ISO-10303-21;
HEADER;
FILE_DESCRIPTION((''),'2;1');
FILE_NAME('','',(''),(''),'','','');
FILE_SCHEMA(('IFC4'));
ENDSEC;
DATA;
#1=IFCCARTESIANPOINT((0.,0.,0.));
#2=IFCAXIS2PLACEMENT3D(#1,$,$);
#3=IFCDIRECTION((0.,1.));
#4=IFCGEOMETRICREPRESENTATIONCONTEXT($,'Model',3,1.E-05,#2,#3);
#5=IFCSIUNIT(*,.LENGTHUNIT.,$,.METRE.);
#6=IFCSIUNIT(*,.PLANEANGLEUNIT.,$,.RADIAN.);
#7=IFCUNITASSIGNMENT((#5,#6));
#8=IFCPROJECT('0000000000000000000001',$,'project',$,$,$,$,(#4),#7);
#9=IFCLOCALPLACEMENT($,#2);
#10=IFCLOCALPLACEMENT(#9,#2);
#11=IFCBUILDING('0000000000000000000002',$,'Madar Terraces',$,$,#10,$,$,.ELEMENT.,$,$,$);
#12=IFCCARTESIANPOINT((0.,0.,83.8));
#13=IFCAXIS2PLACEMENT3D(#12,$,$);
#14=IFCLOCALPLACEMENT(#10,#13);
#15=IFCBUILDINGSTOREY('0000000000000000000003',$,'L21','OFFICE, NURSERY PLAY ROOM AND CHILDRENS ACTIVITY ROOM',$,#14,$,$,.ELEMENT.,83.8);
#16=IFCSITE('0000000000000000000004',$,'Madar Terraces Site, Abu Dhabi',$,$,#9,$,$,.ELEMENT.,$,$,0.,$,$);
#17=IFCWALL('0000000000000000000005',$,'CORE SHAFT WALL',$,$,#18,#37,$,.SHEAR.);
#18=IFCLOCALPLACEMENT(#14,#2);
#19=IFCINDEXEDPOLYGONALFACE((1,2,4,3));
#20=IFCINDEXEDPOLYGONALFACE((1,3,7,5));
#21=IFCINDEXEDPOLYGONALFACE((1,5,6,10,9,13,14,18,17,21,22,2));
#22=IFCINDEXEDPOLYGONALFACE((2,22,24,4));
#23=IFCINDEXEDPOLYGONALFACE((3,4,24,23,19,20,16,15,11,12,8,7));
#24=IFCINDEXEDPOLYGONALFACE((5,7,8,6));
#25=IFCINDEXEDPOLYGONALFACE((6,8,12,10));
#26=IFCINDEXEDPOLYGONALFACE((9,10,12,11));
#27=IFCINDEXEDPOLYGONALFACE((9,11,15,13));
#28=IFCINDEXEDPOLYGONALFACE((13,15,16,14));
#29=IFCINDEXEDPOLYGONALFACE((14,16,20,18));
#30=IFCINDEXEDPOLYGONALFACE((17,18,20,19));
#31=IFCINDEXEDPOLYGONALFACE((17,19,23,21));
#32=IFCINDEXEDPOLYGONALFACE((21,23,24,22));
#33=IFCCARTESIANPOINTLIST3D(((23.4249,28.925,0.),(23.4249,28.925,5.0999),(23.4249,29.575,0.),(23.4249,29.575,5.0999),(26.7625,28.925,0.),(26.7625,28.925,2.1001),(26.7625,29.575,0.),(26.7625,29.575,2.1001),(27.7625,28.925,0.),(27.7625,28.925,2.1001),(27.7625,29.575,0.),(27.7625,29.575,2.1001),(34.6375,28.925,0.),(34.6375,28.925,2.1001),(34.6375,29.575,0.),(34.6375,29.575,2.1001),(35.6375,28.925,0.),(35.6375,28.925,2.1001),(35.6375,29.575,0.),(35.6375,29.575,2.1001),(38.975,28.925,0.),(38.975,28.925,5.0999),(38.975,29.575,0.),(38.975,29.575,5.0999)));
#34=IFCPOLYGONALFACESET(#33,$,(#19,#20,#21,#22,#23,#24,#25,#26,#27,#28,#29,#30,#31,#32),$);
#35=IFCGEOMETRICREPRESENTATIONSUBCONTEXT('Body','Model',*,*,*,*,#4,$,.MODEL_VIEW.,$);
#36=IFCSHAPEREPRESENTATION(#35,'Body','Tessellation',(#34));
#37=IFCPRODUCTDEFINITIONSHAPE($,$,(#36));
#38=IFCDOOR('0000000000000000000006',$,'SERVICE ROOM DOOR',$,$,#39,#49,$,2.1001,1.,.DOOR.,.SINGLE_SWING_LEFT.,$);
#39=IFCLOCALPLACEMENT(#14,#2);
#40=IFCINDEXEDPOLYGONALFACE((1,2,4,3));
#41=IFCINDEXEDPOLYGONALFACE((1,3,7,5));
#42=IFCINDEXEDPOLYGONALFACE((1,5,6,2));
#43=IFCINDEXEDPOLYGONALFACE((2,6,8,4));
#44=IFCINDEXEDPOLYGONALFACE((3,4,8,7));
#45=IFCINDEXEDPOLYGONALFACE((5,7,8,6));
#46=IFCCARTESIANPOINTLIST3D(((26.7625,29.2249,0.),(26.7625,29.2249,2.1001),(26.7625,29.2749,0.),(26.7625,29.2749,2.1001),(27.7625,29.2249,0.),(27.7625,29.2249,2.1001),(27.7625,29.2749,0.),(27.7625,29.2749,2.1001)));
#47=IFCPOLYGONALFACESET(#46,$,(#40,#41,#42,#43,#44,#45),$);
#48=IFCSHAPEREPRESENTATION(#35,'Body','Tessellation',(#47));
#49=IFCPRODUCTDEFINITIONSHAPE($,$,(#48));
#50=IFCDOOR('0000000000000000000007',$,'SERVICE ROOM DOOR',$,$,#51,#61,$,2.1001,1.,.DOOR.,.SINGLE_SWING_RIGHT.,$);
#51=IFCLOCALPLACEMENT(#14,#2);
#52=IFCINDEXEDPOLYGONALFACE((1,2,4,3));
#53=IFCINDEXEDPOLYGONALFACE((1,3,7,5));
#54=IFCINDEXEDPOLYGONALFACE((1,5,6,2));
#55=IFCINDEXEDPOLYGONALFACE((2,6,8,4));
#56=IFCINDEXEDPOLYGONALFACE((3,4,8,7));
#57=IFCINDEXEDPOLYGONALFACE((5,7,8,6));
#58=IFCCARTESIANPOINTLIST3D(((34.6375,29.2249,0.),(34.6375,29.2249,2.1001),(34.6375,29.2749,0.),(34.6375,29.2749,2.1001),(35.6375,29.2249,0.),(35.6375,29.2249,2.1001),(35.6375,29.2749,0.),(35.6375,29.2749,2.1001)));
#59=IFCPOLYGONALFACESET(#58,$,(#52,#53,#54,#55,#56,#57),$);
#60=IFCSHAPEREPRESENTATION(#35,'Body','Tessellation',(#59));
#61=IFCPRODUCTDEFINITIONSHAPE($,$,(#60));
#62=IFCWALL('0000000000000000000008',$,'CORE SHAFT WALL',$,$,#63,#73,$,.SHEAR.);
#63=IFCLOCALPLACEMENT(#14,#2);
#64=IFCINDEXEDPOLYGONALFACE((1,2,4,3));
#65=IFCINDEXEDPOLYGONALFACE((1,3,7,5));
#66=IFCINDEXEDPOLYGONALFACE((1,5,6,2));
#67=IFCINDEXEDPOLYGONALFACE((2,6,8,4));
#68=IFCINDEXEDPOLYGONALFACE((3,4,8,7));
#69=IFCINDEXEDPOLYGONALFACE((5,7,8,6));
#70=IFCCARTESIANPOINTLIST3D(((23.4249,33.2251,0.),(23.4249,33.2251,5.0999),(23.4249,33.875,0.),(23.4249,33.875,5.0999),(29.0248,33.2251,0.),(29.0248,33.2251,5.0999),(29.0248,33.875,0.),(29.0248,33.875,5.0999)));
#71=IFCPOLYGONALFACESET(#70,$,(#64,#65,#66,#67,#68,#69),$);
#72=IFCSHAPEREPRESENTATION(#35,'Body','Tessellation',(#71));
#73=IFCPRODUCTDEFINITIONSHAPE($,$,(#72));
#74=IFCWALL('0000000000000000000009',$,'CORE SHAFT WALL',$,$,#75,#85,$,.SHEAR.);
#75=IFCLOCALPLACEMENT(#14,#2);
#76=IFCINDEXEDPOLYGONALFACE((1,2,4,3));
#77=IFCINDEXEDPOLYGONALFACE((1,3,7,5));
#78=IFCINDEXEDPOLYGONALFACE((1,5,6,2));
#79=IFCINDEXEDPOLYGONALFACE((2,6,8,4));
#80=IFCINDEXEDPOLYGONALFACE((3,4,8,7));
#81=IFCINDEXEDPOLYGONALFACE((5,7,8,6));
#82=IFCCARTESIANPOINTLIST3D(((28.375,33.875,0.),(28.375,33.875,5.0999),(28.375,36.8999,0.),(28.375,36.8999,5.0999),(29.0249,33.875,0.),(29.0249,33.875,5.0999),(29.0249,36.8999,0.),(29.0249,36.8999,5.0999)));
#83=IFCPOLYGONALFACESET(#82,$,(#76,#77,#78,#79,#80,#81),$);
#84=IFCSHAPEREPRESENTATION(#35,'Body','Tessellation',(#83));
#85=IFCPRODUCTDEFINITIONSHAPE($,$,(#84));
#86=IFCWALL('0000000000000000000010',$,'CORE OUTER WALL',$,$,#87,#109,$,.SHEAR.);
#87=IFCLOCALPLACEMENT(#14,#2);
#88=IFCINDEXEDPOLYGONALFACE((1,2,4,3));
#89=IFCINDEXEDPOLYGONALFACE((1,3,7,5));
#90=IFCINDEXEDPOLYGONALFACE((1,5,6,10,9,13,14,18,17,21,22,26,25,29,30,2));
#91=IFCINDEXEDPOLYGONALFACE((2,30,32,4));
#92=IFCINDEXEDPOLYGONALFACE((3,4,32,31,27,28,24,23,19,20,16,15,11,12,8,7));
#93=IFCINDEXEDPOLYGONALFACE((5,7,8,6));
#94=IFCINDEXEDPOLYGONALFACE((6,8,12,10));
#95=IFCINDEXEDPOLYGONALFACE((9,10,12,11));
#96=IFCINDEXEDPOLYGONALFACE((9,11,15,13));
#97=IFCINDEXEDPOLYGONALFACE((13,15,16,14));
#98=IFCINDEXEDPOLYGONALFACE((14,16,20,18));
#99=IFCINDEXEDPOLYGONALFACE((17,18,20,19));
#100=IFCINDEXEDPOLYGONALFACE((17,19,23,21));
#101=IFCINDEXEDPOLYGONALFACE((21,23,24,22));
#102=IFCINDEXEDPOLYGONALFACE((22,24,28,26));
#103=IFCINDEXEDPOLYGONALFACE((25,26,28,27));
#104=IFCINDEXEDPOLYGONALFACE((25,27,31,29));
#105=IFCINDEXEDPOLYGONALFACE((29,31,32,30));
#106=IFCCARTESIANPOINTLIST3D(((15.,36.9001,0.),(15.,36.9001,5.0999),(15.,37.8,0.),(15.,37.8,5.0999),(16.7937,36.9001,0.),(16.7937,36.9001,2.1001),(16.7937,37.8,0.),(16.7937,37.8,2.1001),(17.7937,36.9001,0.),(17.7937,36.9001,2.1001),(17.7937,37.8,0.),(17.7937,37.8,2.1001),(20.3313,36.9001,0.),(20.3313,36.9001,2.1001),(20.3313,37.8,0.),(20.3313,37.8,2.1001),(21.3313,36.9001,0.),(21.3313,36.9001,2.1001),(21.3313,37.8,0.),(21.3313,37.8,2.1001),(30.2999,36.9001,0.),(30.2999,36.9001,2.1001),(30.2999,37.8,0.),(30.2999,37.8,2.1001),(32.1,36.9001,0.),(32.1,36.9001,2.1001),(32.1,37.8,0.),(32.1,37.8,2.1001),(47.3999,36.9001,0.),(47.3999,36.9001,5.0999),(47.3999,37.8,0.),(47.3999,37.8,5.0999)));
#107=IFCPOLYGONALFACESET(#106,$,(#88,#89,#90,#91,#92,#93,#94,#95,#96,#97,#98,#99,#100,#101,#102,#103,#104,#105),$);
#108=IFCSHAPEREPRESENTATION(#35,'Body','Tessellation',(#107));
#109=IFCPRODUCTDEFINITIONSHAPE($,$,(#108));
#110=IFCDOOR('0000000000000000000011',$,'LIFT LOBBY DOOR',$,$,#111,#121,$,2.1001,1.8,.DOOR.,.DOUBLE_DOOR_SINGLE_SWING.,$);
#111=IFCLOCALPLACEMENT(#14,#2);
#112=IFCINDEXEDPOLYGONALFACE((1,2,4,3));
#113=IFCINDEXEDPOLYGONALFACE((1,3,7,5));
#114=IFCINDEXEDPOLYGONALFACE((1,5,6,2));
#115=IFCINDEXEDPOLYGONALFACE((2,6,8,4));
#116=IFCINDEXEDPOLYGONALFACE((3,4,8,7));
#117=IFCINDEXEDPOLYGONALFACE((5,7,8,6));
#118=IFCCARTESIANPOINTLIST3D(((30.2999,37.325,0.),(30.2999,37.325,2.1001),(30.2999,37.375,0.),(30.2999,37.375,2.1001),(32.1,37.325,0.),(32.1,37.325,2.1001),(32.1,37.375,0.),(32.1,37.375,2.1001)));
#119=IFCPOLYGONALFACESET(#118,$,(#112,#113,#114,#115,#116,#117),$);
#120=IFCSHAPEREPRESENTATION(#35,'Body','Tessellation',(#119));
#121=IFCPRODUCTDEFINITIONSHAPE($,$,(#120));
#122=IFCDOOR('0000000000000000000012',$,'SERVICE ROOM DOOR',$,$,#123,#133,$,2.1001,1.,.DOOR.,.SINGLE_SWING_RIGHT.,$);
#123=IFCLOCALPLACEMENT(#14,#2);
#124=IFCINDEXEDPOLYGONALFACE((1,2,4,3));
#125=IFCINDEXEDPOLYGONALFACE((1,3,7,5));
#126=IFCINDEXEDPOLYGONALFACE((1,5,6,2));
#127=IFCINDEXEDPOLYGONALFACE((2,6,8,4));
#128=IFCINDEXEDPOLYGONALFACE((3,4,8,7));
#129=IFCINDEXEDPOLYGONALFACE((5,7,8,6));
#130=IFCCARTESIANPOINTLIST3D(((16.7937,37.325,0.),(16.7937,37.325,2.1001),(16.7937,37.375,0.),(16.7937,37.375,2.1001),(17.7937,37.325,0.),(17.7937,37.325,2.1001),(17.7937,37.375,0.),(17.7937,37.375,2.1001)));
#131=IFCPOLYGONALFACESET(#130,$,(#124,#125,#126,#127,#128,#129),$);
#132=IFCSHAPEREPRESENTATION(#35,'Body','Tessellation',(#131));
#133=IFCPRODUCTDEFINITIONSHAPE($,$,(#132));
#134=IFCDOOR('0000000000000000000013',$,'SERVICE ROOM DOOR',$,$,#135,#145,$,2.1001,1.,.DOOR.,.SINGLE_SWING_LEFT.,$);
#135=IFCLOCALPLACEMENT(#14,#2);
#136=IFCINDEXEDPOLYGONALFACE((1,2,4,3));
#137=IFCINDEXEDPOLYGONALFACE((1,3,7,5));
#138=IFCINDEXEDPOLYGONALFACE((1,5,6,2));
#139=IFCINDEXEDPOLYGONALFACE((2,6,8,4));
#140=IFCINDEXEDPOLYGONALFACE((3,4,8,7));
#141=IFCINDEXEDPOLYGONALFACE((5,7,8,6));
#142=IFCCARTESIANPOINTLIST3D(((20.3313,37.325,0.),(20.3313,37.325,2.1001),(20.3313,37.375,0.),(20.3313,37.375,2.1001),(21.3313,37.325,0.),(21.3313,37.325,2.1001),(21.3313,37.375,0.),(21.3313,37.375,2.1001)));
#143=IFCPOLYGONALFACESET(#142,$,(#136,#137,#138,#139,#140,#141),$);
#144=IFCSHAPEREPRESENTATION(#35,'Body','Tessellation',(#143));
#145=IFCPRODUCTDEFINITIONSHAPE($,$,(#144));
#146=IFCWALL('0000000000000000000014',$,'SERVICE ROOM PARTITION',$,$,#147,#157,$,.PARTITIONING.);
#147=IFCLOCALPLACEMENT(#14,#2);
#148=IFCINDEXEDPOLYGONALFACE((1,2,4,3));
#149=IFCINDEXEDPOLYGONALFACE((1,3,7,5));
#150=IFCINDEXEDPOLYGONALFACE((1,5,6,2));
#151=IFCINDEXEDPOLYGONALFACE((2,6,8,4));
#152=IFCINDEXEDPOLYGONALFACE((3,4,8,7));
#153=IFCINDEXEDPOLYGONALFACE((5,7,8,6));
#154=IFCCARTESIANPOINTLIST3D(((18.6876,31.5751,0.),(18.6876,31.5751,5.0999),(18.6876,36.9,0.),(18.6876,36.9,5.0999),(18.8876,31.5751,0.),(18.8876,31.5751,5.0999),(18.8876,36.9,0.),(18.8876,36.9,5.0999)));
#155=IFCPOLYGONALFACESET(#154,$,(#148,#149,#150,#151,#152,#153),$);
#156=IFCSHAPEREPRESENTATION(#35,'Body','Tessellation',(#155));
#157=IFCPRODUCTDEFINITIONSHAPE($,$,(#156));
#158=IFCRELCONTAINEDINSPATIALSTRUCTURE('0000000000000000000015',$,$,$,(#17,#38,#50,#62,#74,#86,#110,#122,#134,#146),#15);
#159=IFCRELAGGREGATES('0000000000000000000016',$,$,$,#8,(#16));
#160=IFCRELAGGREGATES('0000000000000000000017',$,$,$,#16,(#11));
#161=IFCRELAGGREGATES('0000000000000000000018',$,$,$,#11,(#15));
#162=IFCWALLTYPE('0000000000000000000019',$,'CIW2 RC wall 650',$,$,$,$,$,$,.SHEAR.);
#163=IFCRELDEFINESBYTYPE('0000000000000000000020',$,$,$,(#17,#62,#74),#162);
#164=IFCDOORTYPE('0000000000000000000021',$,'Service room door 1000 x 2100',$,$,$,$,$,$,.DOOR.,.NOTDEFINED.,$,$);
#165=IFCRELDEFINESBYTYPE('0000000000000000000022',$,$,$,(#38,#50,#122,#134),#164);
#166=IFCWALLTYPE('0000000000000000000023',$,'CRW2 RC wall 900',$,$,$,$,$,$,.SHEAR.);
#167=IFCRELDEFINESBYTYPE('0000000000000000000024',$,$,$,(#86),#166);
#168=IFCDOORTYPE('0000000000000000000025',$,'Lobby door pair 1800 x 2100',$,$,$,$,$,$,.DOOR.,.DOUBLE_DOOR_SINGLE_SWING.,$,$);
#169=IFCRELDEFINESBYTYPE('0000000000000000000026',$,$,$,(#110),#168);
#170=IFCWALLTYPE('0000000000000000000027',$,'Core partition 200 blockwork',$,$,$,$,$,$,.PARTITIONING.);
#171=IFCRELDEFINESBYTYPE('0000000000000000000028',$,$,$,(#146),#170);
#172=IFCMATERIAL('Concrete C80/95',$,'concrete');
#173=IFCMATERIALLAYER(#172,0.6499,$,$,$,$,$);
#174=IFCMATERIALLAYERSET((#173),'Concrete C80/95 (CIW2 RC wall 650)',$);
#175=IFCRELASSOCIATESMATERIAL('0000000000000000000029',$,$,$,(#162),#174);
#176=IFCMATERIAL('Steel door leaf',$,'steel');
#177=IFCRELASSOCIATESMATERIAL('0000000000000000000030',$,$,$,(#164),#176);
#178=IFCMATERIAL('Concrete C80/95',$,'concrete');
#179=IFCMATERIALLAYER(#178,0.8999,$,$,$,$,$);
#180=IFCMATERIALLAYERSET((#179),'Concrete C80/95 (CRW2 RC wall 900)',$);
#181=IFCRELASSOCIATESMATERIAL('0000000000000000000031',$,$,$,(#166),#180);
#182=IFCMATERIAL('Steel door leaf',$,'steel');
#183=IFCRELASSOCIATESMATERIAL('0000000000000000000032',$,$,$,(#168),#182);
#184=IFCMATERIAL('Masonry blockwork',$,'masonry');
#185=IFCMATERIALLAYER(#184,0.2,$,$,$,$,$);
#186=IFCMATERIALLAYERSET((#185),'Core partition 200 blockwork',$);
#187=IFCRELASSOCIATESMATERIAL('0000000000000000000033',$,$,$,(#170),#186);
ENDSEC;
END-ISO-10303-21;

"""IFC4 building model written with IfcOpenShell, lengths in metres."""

from ifc_helpers import new_model, si_unit, direction, frame, frame_2d, origin, place, context, subcontext, project, spatial, rectangle, extrude, material, layer, layer_set, type_object, element, fill, save


model = new_model("IFC4")

# Units and contexts
model_context = context("Model", 3, precision=1e-05, world=origin(), true_north=direction((0.0, 1.0)))
body_context = subcontext(model_context, "Body", "Model", "MODEL_VIEW")
ifc_project = project(units=[si_unit("LENGTHUNIT", "METRE"), si_unit("PLANEANGLEUNIT", "RADIAN")], contexts=[model_context])

# Site, building, storey
site_placement = place(None, origin())
site = spatial("IfcSite", under=ifc_project, at=site_placement, Name="Madar Terraces Site, Abu Dhabi", CompositionType="ELEMENT", RefElevation=0.0)
building_placement = place(site_placement, origin())
building = spatial("IfcBuilding", under=site, at=building_placement, Name="Madar Terraces", CompositionType="ELEMENT")
storey_placement = place(building_placement, frame((0.0, 0.0, 83.8)))
storey = spatial("IfcBuildingStorey", under=building, at=storey_placement, Name="L21", Description="OFFICE, NURSERY PLAY ROOM AND CHILDRENS ACTIVITY ROOM", CompositionType="ELEMENT", Elevation=83.8)

# Shared definitions
ifc_material_1 = material(Name="Concrete C80/95", Category="concrete")
ifc_layer_1 = layer(ifc_material_1, 0.6499)
ifc_layer_set_1 = layer_set([ifc_layer_1], Name="Concrete C80/95 (CIW2 RC wall 650)")
wall_type_1 = type_object("IfcWallType", Name="CIW2 RC wall 650", PredefinedType="SHEAR", material=ifc_layer_set_1)

# Shared definitions
ifc_material_2 = material(Name="Steel door leaf", Category="steel")
door_type_1 = type_object("IfcDoorType", Name="Service room door 1000 x 2100", OperationType="NOTDEFINED", PredefinedType="DOOR", material=ifc_material_2)

# Wall, openings, doors
wall_1_placement = place(storey_placement, frame((23.425, 29.25, 0.0), z_axis=(0.0, 0.0, 1.0), x_axis=(1.0, 0.0, 0.0)))
wall_1 = element("IfcWall", 1, at=wall_1_placement, inside=storey, type_object=wall_type_1, Name="CORE SHAFT WALL", PredefinedType="SHEAR", context=body_context, shape_type="SweptSolid", body=[
    extrude(rectangle(XDim=15.55, YDim=0.6499, at=frame_2d((7.7749, 0.0))), origin(), (0.0, 0.0, 1.0), 5.0999),
])
opening_1_placement = place(wall_1_placement, frame((3.3374, 0.0, 0.0)))
opening_1 = element("IfcOpeningElement", 2, at=opening_1_placement, cuts=wall_1, PredefinedType="OPENING", context=body_context, shape_type="SweptSolid", body=[
    extrude(rectangle(XDim=1.0, YDim=2.1001, at=frame_2d((0.5, 1.05))), frame((0.0, 0.335, 0.0), z_axis=(0.0, -1.0, 0.0), x_axis=(1.0, 0.0, 0.0)), (0.0, 0.0, 1.0), 0.6699),
])
opening_2_placement = place(wall_1_placement, frame((11.2124, 0.0, 0.0)))
opening_2 = element("IfcOpeningElement", 3, at=opening_2_placement, cuts=wall_1, PredefinedType="OPENING", context=body_context, shape_type="SweptSolid", body=[
    extrude(rectangle(XDim=1.0, YDim=2.1001, at=frame_2d((0.5, 1.05))), frame((0.0, 0.335, 0.0), z_axis=(0.0, -1.0, 0.0), x_axis=(1.0, 0.0, 0.0)), (0.0, 0.0, 1.0), 0.6699),
])
door_1_placement = place(opening_1_placement, origin())
door_1 = element("IfcDoor", 4, at=door_1_placement, inside=storey, type_object=door_type_1, Name="SERVICE ROOM DOOR", OperationType="SINGLE_SWING_LEFT", OverallHeight=2.1001, OverallWidth=1.0, PredefinedType="DOOR", context=body_context, shape_type="SweptSolid", body=[
    extrude(rectangle(XDim=1.0, YDim=2.1001, at=frame_2d((0.5, 1.05))), frame((0.0, 0.0249, 0.0), z_axis=(0.0, -1.0, 0.0), x_axis=(1.0, 0.0, 0.0)), (0.0, 0.0, 1.0), 0.05),
])
fill(opening_1, door_1)
door_2_placement = place(opening_2_placement, origin())
door_2 = element("IfcDoor", 5, at=door_2_placement, inside=storey, type_object=door_type_1, Name="SERVICE ROOM DOOR", OperationType="SINGLE_SWING_RIGHT", OverallHeight=2.1001, OverallWidth=1.0, PredefinedType="DOOR", context=body_context, shape_type="SweptSolid", body=[
    extrude(rectangle(XDim=1.0, YDim=2.1001, at=frame_2d((0.5, 1.05))), frame((0.0, 0.0249, 0.0), z_axis=(0.0, -1.0, 0.0), x_axis=(1.0, 0.0, 0.0)), (0.0, 0.0, 1.0), 0.05),
])
fill(opening_2, door_2)

# Walls
wall_2_placement = place(storey_placement, frame((23.425, 33.55, 0.0), z_axis=(0.0, 0.0, 1.0), x_axis=(1.0, 0.0, 0.0)))
element("IfcWall", 6, at=wall_2_placement, inside=storey, type_object=wall_type_1, Name="CORE SHAFT WALL", PredefinedType="SHEAR", context=body_context, shape_type="SweptSolid", body=[
    extrude(rectangle(XDim=5.5999, YDim=0.6499, at=frame_2d((2.7998, 0.0))), origin(), (0.0, 0.0, 1.0), 5.0999),
])
wall_3_placement = place(storey_placement, frame((28.7, 33.875, 0.0), z_axis=(0.0, 0.0, 1.0), x_axis=(0.0, 1.0, 0.0)))
element("IfcWall", 7, at=wall_3_placement, inside=storey, type_object=wall_type_1, Name="CORE SHAFT WALL", PredefinedType="SHEAR", context=body_context, shape_type="SweptSolid", body=[
    extrude(rectangle(XDim=3.0249, YDim=0.6499, at=frame_2d((1.5125, 0.0))), origin(), (0.0, 0.0, 1.0), 5.0999),
])

# Wall, openings, doors
ifc_material_3 = material(Name="Concrete C80/95", Category="concrete")
ifc_layer_2 = layer(ifc_material_3, 0.8999)
ifc_layer_set_2 = layer_set([ifc_layer_2], Name="Concrete C80/95 (CRW2 RC wall 900)")
wall_type_2 = type_object("IfcWallType", Name="CRW2 RC wall 900", PredefinedType="SHEAR", material=ifc_layer_set_2)
wall_4_placement = place(storey_placement, frame((15.0, 37.3501, 0.0), z_axis=(0.0, 0.0, 1.0), x_axis=(1.0, 0.0, 0.0)))
wall_4 = element("IfcWall", 8, at=wall_4_placement, inside=storey, type_object=wall_type_2, Name="CORE OUTER WALL", PredefinedType="SHEAR", context=body_context, shape_type="SweptSolid", body=[
    extrude(rectangle(XDim=32.3999, YDim=0.8999, at=frame_2d((16.2, 0.0))), origin(), (0.0, 0.0, 1.0), 5.0999),
])
opening_3_placement = place(wall_4_placement, frame((15.3, 0.0, 0.0)))
opening_3 = element("IfcOpeningElement", 9, at=opening_3_placement, cuts=wall_4, PredefinedType="OPENING", context=body_context, shape_type="SweptSolid", body=[
    extrude(rectangle(XDim=1.8, YDim=2.1001, at=frame_2d((0.8999, 1.05))), frame((0.0, 0.46, 0.0), z_axis=(0.0, -1.0, 0.0), x_axis=(1.0, 0.0, 0.0)), (0.0, 0.0, 1.0), 0.9199),
])
opening_4_placement = place(wall_4_placement, frame((1.7937, 0.0, 0.0)))
opening_4 = element("IfcOpeningElement", 10, at=opening_4_placement, cuts=wall_4, PredefinedType="OPENING", context=body_context, shape_type="SweptSolid", body=[
    extrude(rectangle(XDim=1.0, YDim=2.1001, at=frame_2d((0.5, 1.05))), frame((0.0, 0.46, 0.0), z_axis=(0.0, -1.0, 0.0), x_axis=(1.0, 0.0, 0.0)), (0.0, 0.0, 1.0), 0.9199),
])
opening_5_placement = place(wall_4_placement, frame((5.3313, 0.0, 0.0)))
opening_5 = element("IfcOpeningElement", 11, at=opening_5_placement, cuts=wall_4, PredefinedType="OPENING", context=body_context, shape_type="SweptSolid", body=[
    extrude(rectangle(XDim=1.0, YDim=2.1001, at=frame_2d((0.5, 1.05))), frame((0.0, 0.46, 0.0), z_axis=(0.0, -1.0, 0.0), x_axis=(1.0, 0.0, 0.0)), (0.0, 0.0, 1.0), 0.9199),
])
ifc_material_4 = material(Name="Steel door leaf", Category="steel")
door_type_2 = type_object("IfcDoorType", Name="Lobby door pair 1800 x 2100", OperationType="DOUBLE_DOOR_SINGLE_SWING", PredefinedType="DOOR", material=ifc_material_4)
door_3_placement = place(opening_3_placement, origin())
door_3 = element("IfcDoor", 12, at=door_3_placement, inside=storey, type_object=door_type_2, Name="LIFT LOBBY DOOR", OperationType="DOUBLE_DOOR_SINGLE_SWING", OverallHeight=2.1001, OverallWidth=1.8, PredefinedType="DOOR", context=body_context, shape_type="SweptSolid", body=[
    extrude(rectangle(XDim=1.8, YDim=2.1001, at=frame_2d((0.8999, 1.05))), frame((0.0, 0.0249, 0.0), z_axis=(0.0, -1.0, 0.0), x_axis=(1.0, 0.0, 0.0)), (0.0, 0.0, 1.0), 0.05),
])
fill(opening_3, door_3)
door_4_placement = place(opening_4_placement, origin())
door_4 = element("IfcDoor", 13, at=door_4_placement, inside=storey, type_object=door_type_1, Name="SERVICE ROOM DOOR", OperationType="SINGLE_SWING_RIGHT", OverallHeight=2.1001, OverallWidth=1.0, PredefinedType="DOOR", context=body_context, shape_type="SweptSolid", body=[
    extrude(rectangle(XDim=1.0, YDim=2.1001, at=frame_2d((0.5, 1.05))), frame((0.0, 0.0249, 0.0), z_axis=(0.0, -1.0, 0.0), x_axis=(1.0, 0.0, 0.0)), (0.0, 0.0, 1.0), 0.05),
])
fill(opening_4, door_4)
door_5_placement = place(opening_5_placement, origin())
door_5 = element("IfcDoor", 14, at=door_5_placement, inside=storey, type_object=door_type_1, Name="SERVICE ROOM DOOR", OperationType="SINGLE_SWING_LEFT", OverallHeight=2.1001, OverallWidth=1.0, PredefinedType="DOOR", context=body_context, shape_type="SweptSolid", body=[
    extrude(rectangle(XDim=1.0, YDim=2.1001, at=frame_2d((0.5, 1.05))), frame((0.0, 0.0249, 0.0), z_axis=(0.0, -1.0, 0.0), x_axis=(1.0, 0.0, 0.0)), (0.0, 0.0, 1.0), 0.05),
])
fill(opening_5, door_5)

# Wall
ifc_material_5 = material(Name="Masonry blockwork", Category="masonry")
ifc_layer_3 = layer(ifc_material_5, 0.2)
ifc_layer_set_3 = layer_set([ifc_layer_3], Name="Core partition 200 blockwork")
wall_type_3 = type_object("IfcWallType", Name="Core partition 200 blockwork", PredefinedType="PARTITIONING", material=ifc_layer_set_3)
wall_5_placement = place(storey_placement, frame((18.7876, 31.575, 0.0), z_axis=(0.0, 0.0, 1.0), x_axis=(0.0, 1.0, 0.0)))
element("IfcWall", 15, at=wall_5_placement, inside=storey, type_object=wall_type_3, Name="SERVICE ROOM PARTITION", PredefinedType="PARTITIONING", context=body_context, shape_type="SweptSolid", body=[
    extrude(rectangle(XDim=5.325, YDim=0.2, at=frame_2d((2.6626, 0.0))), origin(), (0.0, 0.0, 1.0), 5.0999),
])

save(model, "model.ifc")
